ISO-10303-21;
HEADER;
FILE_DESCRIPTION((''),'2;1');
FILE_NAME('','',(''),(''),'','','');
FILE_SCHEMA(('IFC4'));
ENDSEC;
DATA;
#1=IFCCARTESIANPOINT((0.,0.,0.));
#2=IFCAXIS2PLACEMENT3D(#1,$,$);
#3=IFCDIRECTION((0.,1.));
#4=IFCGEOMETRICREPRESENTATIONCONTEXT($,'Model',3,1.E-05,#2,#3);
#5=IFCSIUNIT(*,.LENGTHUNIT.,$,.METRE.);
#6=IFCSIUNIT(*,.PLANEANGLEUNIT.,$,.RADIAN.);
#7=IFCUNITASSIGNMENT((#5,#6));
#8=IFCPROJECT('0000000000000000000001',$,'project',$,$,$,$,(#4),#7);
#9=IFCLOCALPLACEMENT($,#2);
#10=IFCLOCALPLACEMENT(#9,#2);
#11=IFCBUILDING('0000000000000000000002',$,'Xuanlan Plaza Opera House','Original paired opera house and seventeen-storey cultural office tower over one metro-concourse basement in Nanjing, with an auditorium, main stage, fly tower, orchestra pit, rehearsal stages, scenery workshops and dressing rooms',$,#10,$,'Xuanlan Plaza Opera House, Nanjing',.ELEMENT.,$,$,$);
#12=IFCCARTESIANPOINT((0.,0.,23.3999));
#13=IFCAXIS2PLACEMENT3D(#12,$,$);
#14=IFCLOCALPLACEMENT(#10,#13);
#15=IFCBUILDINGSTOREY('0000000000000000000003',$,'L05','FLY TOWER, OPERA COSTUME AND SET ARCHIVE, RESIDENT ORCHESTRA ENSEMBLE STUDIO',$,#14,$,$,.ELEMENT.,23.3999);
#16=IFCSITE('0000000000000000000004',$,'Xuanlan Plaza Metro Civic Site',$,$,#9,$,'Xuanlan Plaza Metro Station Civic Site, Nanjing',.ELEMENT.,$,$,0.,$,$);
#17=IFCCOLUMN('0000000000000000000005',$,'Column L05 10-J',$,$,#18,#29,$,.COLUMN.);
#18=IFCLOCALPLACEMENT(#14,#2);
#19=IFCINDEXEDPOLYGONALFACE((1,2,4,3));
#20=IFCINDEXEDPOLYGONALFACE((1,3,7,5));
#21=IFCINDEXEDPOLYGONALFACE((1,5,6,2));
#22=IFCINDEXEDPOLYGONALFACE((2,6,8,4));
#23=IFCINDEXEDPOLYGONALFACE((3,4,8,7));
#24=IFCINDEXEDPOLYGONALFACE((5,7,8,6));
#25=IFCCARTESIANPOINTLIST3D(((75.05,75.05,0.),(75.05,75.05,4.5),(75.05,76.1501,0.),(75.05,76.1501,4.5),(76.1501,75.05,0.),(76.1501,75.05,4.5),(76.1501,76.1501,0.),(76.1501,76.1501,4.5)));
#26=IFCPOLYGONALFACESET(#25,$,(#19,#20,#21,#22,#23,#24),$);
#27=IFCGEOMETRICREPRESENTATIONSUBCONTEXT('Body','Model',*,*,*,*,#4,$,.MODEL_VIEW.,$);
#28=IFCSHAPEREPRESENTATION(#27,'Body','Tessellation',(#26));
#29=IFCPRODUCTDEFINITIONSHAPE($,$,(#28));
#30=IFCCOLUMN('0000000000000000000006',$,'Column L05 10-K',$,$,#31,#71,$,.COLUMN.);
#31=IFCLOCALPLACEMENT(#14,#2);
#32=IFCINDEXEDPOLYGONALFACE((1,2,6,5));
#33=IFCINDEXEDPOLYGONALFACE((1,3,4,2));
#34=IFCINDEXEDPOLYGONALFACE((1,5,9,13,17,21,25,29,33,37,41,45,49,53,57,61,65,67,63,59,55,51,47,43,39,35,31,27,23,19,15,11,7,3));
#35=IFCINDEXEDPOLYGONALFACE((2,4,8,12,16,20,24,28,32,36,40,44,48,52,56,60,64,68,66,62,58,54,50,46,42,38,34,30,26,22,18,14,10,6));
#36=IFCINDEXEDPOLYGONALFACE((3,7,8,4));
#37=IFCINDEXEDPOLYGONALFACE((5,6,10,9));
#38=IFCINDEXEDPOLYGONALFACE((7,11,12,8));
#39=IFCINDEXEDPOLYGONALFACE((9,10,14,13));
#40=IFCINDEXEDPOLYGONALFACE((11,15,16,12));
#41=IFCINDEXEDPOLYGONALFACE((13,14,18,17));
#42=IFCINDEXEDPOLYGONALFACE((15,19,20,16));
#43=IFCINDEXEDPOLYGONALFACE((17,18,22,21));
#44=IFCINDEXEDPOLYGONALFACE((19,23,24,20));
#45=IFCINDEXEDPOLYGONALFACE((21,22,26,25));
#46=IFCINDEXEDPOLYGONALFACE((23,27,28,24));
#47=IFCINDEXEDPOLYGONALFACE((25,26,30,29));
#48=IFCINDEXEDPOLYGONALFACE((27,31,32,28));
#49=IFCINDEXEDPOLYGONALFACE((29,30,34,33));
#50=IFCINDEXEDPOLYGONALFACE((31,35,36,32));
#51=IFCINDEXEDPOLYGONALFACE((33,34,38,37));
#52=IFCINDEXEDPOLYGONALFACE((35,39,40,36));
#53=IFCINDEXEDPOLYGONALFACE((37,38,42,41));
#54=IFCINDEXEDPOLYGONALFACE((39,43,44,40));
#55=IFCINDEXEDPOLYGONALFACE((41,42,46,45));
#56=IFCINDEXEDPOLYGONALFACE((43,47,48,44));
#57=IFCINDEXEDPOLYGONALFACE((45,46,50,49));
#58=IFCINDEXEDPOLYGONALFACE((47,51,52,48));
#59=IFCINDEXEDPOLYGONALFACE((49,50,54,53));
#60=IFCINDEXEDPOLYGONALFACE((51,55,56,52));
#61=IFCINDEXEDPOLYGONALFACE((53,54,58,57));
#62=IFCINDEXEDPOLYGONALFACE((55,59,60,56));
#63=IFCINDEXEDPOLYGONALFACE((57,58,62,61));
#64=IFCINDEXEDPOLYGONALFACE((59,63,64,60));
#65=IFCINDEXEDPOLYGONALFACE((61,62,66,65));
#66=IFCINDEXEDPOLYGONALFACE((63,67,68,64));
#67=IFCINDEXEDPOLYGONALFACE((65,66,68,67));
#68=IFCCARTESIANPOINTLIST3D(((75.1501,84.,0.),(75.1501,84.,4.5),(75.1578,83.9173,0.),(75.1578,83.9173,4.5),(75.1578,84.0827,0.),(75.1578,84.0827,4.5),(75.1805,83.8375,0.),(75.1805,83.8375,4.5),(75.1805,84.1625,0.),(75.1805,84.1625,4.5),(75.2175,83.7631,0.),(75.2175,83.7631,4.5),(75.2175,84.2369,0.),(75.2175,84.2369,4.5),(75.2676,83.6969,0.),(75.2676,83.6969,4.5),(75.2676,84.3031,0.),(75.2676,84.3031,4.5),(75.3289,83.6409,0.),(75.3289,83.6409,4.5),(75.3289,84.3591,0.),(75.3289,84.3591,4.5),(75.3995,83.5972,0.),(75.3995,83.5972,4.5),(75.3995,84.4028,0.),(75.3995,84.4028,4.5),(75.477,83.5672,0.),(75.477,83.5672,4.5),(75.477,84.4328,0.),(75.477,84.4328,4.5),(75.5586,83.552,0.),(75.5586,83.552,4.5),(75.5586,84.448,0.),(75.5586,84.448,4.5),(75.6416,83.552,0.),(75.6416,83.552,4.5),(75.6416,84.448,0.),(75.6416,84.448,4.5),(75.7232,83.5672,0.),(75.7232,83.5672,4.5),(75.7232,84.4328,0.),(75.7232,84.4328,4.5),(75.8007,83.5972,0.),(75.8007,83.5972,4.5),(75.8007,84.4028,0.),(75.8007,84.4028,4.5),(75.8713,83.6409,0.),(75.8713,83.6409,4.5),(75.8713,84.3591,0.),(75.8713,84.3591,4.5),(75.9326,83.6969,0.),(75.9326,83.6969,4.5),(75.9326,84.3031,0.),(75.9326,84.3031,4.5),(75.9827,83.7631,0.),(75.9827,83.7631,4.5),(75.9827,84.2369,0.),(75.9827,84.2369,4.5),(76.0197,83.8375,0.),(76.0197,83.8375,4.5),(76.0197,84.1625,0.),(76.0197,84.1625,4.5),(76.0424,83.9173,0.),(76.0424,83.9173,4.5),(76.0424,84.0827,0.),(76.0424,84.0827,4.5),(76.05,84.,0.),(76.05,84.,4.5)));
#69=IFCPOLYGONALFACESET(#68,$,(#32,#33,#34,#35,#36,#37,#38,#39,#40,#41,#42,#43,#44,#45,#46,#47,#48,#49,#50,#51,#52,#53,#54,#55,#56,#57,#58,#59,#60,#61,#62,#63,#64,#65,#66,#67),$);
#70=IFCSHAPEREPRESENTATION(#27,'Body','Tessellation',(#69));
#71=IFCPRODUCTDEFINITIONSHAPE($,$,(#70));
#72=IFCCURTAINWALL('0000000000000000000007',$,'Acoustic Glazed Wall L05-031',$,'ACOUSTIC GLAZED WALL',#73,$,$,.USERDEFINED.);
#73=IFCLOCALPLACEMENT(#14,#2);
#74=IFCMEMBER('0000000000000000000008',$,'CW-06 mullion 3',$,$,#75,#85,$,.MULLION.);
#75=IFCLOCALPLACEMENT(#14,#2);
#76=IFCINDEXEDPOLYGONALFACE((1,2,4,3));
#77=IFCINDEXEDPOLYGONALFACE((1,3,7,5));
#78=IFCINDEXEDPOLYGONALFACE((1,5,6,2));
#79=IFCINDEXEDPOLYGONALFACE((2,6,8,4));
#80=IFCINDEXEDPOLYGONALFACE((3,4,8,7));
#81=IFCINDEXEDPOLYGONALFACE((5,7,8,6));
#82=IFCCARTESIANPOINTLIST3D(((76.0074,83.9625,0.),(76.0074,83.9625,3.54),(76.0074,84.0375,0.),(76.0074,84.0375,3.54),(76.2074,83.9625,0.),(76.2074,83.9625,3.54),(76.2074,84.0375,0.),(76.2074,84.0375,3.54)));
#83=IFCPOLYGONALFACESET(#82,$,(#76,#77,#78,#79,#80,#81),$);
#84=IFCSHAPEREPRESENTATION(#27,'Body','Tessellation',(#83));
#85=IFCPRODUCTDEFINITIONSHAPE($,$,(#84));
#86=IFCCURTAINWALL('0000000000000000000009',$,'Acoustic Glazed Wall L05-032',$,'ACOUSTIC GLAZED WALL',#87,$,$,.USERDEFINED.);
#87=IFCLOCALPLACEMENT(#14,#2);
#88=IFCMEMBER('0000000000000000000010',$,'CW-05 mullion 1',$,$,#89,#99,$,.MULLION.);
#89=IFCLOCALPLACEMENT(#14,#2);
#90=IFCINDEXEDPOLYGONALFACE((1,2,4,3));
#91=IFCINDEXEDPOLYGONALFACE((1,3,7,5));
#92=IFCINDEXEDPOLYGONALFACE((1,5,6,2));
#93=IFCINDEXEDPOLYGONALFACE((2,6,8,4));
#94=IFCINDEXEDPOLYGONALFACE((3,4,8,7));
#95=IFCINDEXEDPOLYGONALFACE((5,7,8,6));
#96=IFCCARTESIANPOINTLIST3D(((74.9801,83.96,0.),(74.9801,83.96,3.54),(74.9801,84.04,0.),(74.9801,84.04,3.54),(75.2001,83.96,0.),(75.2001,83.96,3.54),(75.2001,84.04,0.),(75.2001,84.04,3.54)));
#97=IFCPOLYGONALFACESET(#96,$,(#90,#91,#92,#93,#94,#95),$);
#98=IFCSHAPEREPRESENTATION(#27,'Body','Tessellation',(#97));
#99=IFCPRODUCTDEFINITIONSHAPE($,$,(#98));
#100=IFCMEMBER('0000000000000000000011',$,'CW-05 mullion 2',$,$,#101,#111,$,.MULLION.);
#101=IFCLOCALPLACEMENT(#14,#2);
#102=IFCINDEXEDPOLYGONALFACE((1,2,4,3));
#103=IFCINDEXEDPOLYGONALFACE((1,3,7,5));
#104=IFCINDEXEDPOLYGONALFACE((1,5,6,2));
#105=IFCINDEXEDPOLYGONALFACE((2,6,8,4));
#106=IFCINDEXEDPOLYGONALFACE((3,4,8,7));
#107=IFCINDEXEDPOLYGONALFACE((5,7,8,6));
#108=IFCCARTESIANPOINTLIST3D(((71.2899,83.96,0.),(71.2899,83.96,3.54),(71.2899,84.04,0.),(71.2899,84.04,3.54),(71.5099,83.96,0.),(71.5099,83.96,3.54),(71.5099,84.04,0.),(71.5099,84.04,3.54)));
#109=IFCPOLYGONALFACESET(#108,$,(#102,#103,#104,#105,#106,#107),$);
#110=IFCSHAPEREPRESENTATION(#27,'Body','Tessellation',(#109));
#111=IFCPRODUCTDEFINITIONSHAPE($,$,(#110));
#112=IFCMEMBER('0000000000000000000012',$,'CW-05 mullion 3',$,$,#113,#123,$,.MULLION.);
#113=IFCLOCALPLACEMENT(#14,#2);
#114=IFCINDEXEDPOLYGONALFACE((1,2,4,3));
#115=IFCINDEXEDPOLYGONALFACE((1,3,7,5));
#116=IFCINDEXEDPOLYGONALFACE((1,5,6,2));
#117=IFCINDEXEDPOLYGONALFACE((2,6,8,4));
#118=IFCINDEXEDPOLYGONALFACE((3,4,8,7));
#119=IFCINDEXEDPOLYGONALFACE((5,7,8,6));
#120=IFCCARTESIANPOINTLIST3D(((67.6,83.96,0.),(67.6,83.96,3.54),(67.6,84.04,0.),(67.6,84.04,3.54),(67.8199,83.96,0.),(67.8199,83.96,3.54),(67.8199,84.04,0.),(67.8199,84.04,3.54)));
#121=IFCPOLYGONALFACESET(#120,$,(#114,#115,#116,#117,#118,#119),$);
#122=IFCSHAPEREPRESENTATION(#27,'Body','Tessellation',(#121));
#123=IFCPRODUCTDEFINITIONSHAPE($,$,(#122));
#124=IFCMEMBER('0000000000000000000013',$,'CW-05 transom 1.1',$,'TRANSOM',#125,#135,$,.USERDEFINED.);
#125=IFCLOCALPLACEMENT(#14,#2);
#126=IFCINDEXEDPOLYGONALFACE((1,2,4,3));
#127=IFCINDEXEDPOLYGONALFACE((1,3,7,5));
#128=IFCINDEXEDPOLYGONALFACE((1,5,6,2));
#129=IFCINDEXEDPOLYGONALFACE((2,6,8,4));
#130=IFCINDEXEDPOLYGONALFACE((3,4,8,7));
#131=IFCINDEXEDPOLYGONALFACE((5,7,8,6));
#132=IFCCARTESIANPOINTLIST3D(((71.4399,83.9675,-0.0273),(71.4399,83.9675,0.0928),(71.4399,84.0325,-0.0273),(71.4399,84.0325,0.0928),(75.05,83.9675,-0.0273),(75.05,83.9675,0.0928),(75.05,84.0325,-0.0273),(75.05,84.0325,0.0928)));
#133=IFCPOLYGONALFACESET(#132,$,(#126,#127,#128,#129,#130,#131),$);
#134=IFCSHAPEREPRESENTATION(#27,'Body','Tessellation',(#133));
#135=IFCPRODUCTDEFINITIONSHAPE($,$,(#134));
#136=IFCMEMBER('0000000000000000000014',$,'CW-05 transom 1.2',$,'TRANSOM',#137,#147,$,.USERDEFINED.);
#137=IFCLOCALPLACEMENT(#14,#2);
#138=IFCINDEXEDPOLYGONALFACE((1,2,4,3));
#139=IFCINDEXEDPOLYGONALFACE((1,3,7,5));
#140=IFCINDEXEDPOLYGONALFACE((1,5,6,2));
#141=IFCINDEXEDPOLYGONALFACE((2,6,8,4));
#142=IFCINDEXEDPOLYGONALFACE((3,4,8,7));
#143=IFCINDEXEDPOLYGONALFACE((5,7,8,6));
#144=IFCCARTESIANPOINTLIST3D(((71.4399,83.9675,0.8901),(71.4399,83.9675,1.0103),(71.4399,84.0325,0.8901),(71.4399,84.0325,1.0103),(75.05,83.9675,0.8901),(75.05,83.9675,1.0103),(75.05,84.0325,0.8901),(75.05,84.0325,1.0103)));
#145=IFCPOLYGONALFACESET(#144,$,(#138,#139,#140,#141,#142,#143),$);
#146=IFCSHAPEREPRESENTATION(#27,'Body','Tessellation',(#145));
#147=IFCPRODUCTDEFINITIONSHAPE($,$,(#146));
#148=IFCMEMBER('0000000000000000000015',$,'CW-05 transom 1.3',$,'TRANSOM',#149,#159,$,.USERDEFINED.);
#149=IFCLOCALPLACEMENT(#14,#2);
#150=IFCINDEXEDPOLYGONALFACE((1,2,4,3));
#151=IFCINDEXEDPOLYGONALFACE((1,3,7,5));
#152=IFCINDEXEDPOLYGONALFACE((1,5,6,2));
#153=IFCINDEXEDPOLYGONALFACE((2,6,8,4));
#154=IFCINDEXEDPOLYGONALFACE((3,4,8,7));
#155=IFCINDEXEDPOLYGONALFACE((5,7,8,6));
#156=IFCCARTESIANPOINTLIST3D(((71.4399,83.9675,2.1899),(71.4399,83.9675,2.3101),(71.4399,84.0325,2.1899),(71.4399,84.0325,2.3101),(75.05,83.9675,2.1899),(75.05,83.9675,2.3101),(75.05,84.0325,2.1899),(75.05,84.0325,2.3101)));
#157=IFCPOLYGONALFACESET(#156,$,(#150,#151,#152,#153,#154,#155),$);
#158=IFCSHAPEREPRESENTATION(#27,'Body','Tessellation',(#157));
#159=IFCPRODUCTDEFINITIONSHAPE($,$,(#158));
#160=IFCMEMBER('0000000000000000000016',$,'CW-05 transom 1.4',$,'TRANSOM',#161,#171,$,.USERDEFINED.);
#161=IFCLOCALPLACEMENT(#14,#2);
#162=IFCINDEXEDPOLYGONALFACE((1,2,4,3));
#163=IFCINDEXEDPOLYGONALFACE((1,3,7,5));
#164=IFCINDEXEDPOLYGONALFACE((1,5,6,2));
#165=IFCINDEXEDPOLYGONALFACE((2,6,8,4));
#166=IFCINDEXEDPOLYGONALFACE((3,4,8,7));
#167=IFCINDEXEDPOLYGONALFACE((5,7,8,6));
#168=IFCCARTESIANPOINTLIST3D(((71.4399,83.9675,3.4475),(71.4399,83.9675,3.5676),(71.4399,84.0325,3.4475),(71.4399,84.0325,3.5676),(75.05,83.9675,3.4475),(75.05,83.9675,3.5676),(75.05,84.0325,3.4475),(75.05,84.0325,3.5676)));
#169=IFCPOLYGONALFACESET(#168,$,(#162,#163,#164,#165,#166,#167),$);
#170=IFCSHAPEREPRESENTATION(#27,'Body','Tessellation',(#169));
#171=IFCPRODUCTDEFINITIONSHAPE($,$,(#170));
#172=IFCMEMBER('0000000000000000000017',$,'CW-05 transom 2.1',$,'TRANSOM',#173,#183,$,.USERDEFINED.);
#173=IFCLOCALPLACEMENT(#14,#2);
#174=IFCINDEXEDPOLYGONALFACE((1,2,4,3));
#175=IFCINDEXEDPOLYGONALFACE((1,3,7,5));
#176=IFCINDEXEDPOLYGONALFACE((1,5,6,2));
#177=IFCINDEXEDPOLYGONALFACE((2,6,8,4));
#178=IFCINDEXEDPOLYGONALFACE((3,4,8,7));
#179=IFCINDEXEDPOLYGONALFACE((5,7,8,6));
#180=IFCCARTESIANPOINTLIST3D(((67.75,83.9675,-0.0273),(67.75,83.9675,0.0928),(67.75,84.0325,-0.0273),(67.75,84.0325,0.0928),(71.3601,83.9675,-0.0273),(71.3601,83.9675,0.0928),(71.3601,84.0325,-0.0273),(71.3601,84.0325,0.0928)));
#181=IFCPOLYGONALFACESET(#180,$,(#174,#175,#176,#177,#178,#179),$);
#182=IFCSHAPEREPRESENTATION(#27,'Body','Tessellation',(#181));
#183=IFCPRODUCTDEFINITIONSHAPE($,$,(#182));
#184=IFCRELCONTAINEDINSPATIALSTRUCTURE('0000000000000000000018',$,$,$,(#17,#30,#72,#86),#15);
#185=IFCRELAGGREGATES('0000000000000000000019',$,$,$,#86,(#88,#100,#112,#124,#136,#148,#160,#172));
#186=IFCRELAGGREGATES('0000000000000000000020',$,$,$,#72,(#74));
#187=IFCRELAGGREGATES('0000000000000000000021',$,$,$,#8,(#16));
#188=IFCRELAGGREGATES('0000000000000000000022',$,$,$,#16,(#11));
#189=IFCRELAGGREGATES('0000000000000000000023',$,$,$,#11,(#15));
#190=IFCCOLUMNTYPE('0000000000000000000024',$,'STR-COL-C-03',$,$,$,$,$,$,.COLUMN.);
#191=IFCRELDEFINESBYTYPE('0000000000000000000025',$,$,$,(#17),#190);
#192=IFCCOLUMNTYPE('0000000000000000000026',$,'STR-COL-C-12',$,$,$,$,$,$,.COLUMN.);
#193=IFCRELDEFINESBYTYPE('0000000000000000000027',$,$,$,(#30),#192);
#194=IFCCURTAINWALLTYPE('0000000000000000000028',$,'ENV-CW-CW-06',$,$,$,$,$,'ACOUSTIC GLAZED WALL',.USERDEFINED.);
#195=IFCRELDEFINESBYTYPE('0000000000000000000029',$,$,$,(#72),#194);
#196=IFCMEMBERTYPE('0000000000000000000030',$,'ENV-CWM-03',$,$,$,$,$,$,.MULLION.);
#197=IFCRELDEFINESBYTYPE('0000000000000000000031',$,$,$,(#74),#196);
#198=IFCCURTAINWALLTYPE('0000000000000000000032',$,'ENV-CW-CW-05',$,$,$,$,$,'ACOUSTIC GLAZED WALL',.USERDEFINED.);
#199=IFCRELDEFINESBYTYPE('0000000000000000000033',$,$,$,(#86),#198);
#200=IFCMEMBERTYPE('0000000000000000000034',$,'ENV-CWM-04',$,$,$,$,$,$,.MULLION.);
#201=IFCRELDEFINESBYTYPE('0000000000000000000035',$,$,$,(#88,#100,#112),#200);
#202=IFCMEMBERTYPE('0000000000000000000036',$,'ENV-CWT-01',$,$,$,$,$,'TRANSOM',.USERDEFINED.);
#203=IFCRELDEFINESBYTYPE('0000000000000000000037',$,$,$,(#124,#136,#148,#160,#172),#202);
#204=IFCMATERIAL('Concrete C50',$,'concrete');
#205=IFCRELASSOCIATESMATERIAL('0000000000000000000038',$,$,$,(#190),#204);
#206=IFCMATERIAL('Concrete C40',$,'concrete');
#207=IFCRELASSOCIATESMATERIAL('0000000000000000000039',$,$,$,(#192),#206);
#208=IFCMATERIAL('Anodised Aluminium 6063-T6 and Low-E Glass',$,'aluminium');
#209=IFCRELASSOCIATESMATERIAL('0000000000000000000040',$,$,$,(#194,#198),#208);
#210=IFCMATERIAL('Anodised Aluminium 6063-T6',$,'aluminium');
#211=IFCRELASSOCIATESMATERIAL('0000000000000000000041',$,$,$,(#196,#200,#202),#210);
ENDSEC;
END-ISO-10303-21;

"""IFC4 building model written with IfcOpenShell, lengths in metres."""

from ifc_helpers import new_model, si_unit, direction, frame, origin, origin_2d, place, context, subcontext, project, spatial, rectangle, circle, extrude, material, material_profile, profile_set, type_object, element, aggregate, save


model = new_model("IFC4")

# Units and contexts
model_context = context("Model", 3, precision=1e-05, world=origin(), true_north=direction((0.0, 1.0)))
body_context = subcontext(model_context, "Body", "Model", "MODEL_VIEW")
ifc_project = project(units=[si_unit("LENGTHUNIT", "METRE"), si_unit("PLANEANGLEUNIT", "RADIAN")], contexts=[model_context])

# Site, building, storey
site_placement = place(None, origin())
site = spatial("IfcSite", under=ifc_project, at=site_placement, Name="Xuanlan Plaza Metro Civic Site", LongName="Xuanlan Plaza Metro Station Civic Site, Nanjing", CompositionType="ELEMENT", RefElevation=0.0)
building_placement = place(site_placement, origin())
building = spatial("IfcBuilding", under=site, at=building_placement, Name="Xuanlan Plaza Opera House", Description="Original paired opera house and seventeen-storey cultural office tower over one metro-concourse basement in Nanjing, with an auditorium, main stage, fly tower, orchestra pit, rehearsal stages, scenery workshops and dressing rooms", LongName="Xuanlan Plaza Opera House, Nanjing", CompositionType="ELEMENT")
storey_placement = place(building_placement, frame((0.0, 0.0, 23.3999)))
storey = spatial("IfcBuildingStorey", under=building, at=storey_placement, Name="L05", Description="FLY TOWER, OPERA COSTUME AND SET ARCHIVE, RESIDENT ORCHESTRA ENSEMBLE STUDIO", CompositionType="ELEMENT", Elevation=23.3999)

# Columns
ifc_material_1 = material(Name="Concrete C50", Category="concrete")
ifc_material_profile_1 = material_profile(ifc_material_1, rectangle(XDim=1.1001, YDim=1.1001, at=origin_2d()), Name="RC-COL 1100x1100")
ifc_profile_set_1 = profile_set([ifc_material_profile_1], Name="Concrete C50")
column_type_1 = type_object("IfcColumnType", Name="STR-COL-C-03", PredefinedType="COLUMN", material=ifc_profile_set_1)
column_1_placement = place(storey_placement, frame((75.6001, 75.6001, 0.0), z_axis=(0.0, 0.0, 1.0), x_axis=(1.0, 0.0, 0.0)))
element("IfcColumn", 1, at=column_1_placement, inside=storey, type_object=column_type_1, Name="Column L05 10-J", PredefinedType="COLUMN", context=body_context, shape_type="SweptSolid", body=[
    extrude(rectangle(XDim=1.1001, YDim=1.1001, at=origin_2d()), origin(), (0.0, 0.0, 1.0), 4.5),
])
ifc_material_2 = material(Name="Concrete C40", Category="concrete")
ifc_material_profile_2 = material_profile(ifc_material_2, circle(Radius=0.45, at=origin_2d()), Name="RC-COL D900")
ifc_profile_set_2 = profile_set([ifc_material_profile_2], Name="Concrete C40")
column_type_2 = type_object("IfcColumnType", Name="STR-COL-C-12", PredefinedType="COLUMN", material=ifc_profile_set_2)
column_2_placement = place(storey_placement, frame((75.6001, 84.0, 0.0), z_axis=(0.0, 0.0, 1.0), x_axis=(1.0, 0.0, 0.0)))
element("IfcColumn", 2, at=column_2_placement, inside=storey, type_object=column_type_2, Name="Column L05 10-K", PredefinedType="COLUMN", context=body_context, shape_type="SweptSolid", body=[
    extrude(circle(Radius=0.45, at=origin_2d()), origin(), (0.0, 0.0, 1.0), 4.5),
])

# Curtain wall, member
ifc_material_3 = material(Name="Anodised Aluminium 6063-T6 and Low-E Glass", Category="aluminium")
curtain_wall_type_1 = type_object("IfcCurtainWallType", Name="ENV-CW-CW-06", ElementType="ACOUSTIC GLAZED WALL", PredefinedType="USERDEFINED", material=ifc_material_3)
curtain_wall_1_placement = place(storey_placement, origin())
curtain_wall_1 = element("IfcCurtainWall", 3, at=curtain_wall_1_placement, inside=storey, type_object=curtain_wall_type_1, Name="Acoustic Glazed Wall L05-031", ObjectType="ACOUSTIC GLAZED WALL", PredefinedType="USERDEFINED")
ifc_material_4 = material(Name="Anodised Aluminium 6063-T6", Category="aluminium")
ifc_material_profile_3 = material_profile(ifc_material_4, rectangle(XDim=0.075, YDim=0.2, at=origin_2d()), Name="ALU-M 75x200")
ifc_profile_set_3 = profile_set([ifc_material_profile_3], Name="Anodised Aluminium 6063-T6")
member_type_1 = type_object("IfcMemberType", Name="ENV-CWM-03", PredefinedType="MULLION", material=ifc_profile_set_3)
member_1_placement = place(storey_placement, frame((76.1074, 84.0, 0.0), z_axis=(0.0, 0.0, 1.0), x_axis=(0.0, -1.0, 0.0)))
member_1 = element("IfcMember", 4, at=member_1_placement, type_object=member_type_1, Name="CW-06 mullion 3", PredefinedType="MULLION", context=body_context, shape_type="SweptSolid", body=[
    extrude(rectangle(XDim=0.075, YDim=0.2, at=origin_2d()), origin(), (0.0, 0.0, 1.0), 3.54),
])

# Curtain wall, members
curtain_wall_type_2 = type_object("IfcCurtainWallType", Name="ENV-CW-CW-05", ElementType="ACOUSTIC GLAZED WALL", PredefinedType="USERDEFINED", material=ifc_material_3)
curtain_wall_2_placement = place(storey_placement, origin())
curtain_wall_2 = element("IfcCurtainWall", 5, at=curtain_wall_2_placement, inside=storey, type_object=curtain_wall_type_2, Name="Acoustic Glazed Wall L05-032", ObjectType="ACOUSTIC GLAZED WALL", PredefinedType="USERDEFINED")
ifc_material_profile_4 = material_profile(ifc_material_4, rectangle(XDim=0.0801, YDim=0.22, at=origin_2d()), Name="ALU-M 80x220")
ifc_profile_set_4 = profile_set([ifc_material_profile_4], Name="Anodised Aluminium 6063-T6")
member_type_2 = type_object("IfcMemberType", Name="ENV-CWM-04", PredefinedType="MULLION", material=ifc_profile_set_4)
member_2_placement = place(storey_placement, frame((75.0901, 84.0, 0.0), z_axis=(0.0, 0.0, 1.0), x_axis=(0.0, -1.0, 0.0)))
member_2 = element("IfcMember", 6, at=member_2_placement, type_object=member_type_2, Name="CW-05 mullion 1", PredefinedType="MULLION", context=body_context, shape_type="SweptSolid", body=[
    extrude(rectangle(XDim=0.0801, YDim=0.22, at=origin_2d()), origin(), (0.0, 0.0, 1.0), 3.54),
])
member_3_placement = place(storey_placement, frame((71.3999, 84.0, 0.0), z_axis=(0.0, 0.0, 1.0), x_axis=(0.0, -1.0, 0.0)))
member_3 = element("IfcMember", 7, at=member_3_placement, type_object=member_type_2, Name="CW-05 mullion 2", PredefinedType="MULLION", context=body_context, shape_type="SweptSolid", body=[
    extrude(rectangle(XDim=0.0801, YDim=0.22, at=origin_2d()), origin(), (0.0, 0.0, 1.0), 3.54),
])
member_4_placement = place(storey_placement, frame((67.71, 84.0, 0.0), z_axis=(0.0, 0.0, 1.0), x_axis=(0.0, -1.0, 0.0)))
member_4 = element("IfcMember", 8, at=member_4_placement, type_object=member_type_2, Name="CW-05 mullion 3", PredefinedType="MULLION", context=body_context, shape_type="SweptSolid", body=[
    extrude(rectangle(XDim=0.0801, YDim=0.22, at=origin_2d()), origin(), (0.0, 0.0, 1.0), 3.54),
])
ifc_material_profile_5 = material_profile(ifc_material_4, rectangle(XDim=0.0649, YDim=0.1201, at=origin_2d()), Name="ALU-T 65x120")
ifc_profile_set_5 = profile_set([ifc_material_profile_5], Name="Anodised Aluminium 6063-T6")
member_type_3 = type_object("IfcMemberType", Name="ENV-CWT-01", ElementType="TRANSOM", PredefinedType="USERDEFINED", material=ifc_profile_set_5)
member_5_placement = place(storey_placement, frame((75.05, 84.0, 0.0327), z_axis=(-1.0, 0.0, 0.0), x_axis=(0.0, -1.0, 0.0)))
member_5 = element("IfcMember", 9, at=member_5_placement, type_object=member_type_3, Name="CW-05 transom 1.1", ObjectType="TRANSOM", PredefinedType="USERDEFINED", context=body_context, shape_type="SweptSolid", body=[
    extrude(rectangle(XDim=0.0649, YDim=0.1201, at=origin_2d()), origin(), (0.0, 0.0, 1.0), 3.6101),
])
member_6_placement = place(storey_placement, frame((75.05, 84.0, 0.9502), z_axis=(-1.0, 0.0, 0.0), x_axis=(0.0, -1.0, 0.0)))
member_6 = element("IfcMember", 10, at=member_6_placement, type_object=member_type_3, Name="CW-05 transom 1.2", ObjectType="TRANSOM", PredefinedType="USERDEFINED", context=body_context, shape_type="SweptSolid", body=[
    extrude(rectangle(XDim=0.0649, YDim=0.1201, at=origin_2d()), origin(), (0.0, 0.0, 1.0), 3.6101),
])
member_7_placement = place(storey_placement, frame((75.05, 84.0, 2.25), z_axis=(-1.0, 0.0, 0.0), x_axis=(0.0, -1.0, 0.0)))
member_7 = element("IfcMember", 11, at=member_7_placement, type_object=member_type_3, Name="CW-05 transom 1.3", ObjectType="TRANSOM", PredefinedType="USERDEFINED", context=body_context, shape_type="SweptSolid", body=[
    extrude(rectangle(XDim=0.0649, YDim=0.1201, at=origin_2d()), origin(), (0.0, 0.0, 1.0), 3.6101),
])
member_8_placement = place(storey_placement, frame((75.05, 84.0, 3.5076), z_axis=(-1.0, 0.0, 0.0), x_axis=(0.0, -1.0, 0.0)))
member_8 = element("IfcMember", 12, at=member_8_placement, type_object=member_type_3, Name="CW-05 transom 1.4", ObjectType="TRANSOM", PredefinedType="USERDEFINED", context=body_context, shape_type="SweptSolid", body=[
    extrude(rectangle(XDim=0.0649, YDim=0.1201, at=origin_2d()), origin(), (0.0, 0.0, 1.0), 3.6101),
])
member_9_placement = place(storey_placement, frame((71.3601, 84.0, 0.0327), z_axis=(-1.0, 0.0, 0.0), x_axis=(0.0, -1.0, 0.0)))
member_9 = element("IfcMember", 13, at=member_9_placement, type_object=member_type_3, Name="CW-05 transom 2.1", ObjectType="TRANSOM", PredefinedType="USERDEFINED", context=body_context, shape_type="SweptSolid", body=[
    extrude(rectangle(XDim=0.0649, YDim=0.1201, at=origin_2d()), origin(), (0.0, 0.0, 1.0), 3.6101),
])

aggregate(curtain_wall_2, [member_2, member_3, member_4, member_5, member_6, member_7, member_8, member_9])
aggregate(curtain_wall_1, [member_1])

save(model, "model.ifc")
